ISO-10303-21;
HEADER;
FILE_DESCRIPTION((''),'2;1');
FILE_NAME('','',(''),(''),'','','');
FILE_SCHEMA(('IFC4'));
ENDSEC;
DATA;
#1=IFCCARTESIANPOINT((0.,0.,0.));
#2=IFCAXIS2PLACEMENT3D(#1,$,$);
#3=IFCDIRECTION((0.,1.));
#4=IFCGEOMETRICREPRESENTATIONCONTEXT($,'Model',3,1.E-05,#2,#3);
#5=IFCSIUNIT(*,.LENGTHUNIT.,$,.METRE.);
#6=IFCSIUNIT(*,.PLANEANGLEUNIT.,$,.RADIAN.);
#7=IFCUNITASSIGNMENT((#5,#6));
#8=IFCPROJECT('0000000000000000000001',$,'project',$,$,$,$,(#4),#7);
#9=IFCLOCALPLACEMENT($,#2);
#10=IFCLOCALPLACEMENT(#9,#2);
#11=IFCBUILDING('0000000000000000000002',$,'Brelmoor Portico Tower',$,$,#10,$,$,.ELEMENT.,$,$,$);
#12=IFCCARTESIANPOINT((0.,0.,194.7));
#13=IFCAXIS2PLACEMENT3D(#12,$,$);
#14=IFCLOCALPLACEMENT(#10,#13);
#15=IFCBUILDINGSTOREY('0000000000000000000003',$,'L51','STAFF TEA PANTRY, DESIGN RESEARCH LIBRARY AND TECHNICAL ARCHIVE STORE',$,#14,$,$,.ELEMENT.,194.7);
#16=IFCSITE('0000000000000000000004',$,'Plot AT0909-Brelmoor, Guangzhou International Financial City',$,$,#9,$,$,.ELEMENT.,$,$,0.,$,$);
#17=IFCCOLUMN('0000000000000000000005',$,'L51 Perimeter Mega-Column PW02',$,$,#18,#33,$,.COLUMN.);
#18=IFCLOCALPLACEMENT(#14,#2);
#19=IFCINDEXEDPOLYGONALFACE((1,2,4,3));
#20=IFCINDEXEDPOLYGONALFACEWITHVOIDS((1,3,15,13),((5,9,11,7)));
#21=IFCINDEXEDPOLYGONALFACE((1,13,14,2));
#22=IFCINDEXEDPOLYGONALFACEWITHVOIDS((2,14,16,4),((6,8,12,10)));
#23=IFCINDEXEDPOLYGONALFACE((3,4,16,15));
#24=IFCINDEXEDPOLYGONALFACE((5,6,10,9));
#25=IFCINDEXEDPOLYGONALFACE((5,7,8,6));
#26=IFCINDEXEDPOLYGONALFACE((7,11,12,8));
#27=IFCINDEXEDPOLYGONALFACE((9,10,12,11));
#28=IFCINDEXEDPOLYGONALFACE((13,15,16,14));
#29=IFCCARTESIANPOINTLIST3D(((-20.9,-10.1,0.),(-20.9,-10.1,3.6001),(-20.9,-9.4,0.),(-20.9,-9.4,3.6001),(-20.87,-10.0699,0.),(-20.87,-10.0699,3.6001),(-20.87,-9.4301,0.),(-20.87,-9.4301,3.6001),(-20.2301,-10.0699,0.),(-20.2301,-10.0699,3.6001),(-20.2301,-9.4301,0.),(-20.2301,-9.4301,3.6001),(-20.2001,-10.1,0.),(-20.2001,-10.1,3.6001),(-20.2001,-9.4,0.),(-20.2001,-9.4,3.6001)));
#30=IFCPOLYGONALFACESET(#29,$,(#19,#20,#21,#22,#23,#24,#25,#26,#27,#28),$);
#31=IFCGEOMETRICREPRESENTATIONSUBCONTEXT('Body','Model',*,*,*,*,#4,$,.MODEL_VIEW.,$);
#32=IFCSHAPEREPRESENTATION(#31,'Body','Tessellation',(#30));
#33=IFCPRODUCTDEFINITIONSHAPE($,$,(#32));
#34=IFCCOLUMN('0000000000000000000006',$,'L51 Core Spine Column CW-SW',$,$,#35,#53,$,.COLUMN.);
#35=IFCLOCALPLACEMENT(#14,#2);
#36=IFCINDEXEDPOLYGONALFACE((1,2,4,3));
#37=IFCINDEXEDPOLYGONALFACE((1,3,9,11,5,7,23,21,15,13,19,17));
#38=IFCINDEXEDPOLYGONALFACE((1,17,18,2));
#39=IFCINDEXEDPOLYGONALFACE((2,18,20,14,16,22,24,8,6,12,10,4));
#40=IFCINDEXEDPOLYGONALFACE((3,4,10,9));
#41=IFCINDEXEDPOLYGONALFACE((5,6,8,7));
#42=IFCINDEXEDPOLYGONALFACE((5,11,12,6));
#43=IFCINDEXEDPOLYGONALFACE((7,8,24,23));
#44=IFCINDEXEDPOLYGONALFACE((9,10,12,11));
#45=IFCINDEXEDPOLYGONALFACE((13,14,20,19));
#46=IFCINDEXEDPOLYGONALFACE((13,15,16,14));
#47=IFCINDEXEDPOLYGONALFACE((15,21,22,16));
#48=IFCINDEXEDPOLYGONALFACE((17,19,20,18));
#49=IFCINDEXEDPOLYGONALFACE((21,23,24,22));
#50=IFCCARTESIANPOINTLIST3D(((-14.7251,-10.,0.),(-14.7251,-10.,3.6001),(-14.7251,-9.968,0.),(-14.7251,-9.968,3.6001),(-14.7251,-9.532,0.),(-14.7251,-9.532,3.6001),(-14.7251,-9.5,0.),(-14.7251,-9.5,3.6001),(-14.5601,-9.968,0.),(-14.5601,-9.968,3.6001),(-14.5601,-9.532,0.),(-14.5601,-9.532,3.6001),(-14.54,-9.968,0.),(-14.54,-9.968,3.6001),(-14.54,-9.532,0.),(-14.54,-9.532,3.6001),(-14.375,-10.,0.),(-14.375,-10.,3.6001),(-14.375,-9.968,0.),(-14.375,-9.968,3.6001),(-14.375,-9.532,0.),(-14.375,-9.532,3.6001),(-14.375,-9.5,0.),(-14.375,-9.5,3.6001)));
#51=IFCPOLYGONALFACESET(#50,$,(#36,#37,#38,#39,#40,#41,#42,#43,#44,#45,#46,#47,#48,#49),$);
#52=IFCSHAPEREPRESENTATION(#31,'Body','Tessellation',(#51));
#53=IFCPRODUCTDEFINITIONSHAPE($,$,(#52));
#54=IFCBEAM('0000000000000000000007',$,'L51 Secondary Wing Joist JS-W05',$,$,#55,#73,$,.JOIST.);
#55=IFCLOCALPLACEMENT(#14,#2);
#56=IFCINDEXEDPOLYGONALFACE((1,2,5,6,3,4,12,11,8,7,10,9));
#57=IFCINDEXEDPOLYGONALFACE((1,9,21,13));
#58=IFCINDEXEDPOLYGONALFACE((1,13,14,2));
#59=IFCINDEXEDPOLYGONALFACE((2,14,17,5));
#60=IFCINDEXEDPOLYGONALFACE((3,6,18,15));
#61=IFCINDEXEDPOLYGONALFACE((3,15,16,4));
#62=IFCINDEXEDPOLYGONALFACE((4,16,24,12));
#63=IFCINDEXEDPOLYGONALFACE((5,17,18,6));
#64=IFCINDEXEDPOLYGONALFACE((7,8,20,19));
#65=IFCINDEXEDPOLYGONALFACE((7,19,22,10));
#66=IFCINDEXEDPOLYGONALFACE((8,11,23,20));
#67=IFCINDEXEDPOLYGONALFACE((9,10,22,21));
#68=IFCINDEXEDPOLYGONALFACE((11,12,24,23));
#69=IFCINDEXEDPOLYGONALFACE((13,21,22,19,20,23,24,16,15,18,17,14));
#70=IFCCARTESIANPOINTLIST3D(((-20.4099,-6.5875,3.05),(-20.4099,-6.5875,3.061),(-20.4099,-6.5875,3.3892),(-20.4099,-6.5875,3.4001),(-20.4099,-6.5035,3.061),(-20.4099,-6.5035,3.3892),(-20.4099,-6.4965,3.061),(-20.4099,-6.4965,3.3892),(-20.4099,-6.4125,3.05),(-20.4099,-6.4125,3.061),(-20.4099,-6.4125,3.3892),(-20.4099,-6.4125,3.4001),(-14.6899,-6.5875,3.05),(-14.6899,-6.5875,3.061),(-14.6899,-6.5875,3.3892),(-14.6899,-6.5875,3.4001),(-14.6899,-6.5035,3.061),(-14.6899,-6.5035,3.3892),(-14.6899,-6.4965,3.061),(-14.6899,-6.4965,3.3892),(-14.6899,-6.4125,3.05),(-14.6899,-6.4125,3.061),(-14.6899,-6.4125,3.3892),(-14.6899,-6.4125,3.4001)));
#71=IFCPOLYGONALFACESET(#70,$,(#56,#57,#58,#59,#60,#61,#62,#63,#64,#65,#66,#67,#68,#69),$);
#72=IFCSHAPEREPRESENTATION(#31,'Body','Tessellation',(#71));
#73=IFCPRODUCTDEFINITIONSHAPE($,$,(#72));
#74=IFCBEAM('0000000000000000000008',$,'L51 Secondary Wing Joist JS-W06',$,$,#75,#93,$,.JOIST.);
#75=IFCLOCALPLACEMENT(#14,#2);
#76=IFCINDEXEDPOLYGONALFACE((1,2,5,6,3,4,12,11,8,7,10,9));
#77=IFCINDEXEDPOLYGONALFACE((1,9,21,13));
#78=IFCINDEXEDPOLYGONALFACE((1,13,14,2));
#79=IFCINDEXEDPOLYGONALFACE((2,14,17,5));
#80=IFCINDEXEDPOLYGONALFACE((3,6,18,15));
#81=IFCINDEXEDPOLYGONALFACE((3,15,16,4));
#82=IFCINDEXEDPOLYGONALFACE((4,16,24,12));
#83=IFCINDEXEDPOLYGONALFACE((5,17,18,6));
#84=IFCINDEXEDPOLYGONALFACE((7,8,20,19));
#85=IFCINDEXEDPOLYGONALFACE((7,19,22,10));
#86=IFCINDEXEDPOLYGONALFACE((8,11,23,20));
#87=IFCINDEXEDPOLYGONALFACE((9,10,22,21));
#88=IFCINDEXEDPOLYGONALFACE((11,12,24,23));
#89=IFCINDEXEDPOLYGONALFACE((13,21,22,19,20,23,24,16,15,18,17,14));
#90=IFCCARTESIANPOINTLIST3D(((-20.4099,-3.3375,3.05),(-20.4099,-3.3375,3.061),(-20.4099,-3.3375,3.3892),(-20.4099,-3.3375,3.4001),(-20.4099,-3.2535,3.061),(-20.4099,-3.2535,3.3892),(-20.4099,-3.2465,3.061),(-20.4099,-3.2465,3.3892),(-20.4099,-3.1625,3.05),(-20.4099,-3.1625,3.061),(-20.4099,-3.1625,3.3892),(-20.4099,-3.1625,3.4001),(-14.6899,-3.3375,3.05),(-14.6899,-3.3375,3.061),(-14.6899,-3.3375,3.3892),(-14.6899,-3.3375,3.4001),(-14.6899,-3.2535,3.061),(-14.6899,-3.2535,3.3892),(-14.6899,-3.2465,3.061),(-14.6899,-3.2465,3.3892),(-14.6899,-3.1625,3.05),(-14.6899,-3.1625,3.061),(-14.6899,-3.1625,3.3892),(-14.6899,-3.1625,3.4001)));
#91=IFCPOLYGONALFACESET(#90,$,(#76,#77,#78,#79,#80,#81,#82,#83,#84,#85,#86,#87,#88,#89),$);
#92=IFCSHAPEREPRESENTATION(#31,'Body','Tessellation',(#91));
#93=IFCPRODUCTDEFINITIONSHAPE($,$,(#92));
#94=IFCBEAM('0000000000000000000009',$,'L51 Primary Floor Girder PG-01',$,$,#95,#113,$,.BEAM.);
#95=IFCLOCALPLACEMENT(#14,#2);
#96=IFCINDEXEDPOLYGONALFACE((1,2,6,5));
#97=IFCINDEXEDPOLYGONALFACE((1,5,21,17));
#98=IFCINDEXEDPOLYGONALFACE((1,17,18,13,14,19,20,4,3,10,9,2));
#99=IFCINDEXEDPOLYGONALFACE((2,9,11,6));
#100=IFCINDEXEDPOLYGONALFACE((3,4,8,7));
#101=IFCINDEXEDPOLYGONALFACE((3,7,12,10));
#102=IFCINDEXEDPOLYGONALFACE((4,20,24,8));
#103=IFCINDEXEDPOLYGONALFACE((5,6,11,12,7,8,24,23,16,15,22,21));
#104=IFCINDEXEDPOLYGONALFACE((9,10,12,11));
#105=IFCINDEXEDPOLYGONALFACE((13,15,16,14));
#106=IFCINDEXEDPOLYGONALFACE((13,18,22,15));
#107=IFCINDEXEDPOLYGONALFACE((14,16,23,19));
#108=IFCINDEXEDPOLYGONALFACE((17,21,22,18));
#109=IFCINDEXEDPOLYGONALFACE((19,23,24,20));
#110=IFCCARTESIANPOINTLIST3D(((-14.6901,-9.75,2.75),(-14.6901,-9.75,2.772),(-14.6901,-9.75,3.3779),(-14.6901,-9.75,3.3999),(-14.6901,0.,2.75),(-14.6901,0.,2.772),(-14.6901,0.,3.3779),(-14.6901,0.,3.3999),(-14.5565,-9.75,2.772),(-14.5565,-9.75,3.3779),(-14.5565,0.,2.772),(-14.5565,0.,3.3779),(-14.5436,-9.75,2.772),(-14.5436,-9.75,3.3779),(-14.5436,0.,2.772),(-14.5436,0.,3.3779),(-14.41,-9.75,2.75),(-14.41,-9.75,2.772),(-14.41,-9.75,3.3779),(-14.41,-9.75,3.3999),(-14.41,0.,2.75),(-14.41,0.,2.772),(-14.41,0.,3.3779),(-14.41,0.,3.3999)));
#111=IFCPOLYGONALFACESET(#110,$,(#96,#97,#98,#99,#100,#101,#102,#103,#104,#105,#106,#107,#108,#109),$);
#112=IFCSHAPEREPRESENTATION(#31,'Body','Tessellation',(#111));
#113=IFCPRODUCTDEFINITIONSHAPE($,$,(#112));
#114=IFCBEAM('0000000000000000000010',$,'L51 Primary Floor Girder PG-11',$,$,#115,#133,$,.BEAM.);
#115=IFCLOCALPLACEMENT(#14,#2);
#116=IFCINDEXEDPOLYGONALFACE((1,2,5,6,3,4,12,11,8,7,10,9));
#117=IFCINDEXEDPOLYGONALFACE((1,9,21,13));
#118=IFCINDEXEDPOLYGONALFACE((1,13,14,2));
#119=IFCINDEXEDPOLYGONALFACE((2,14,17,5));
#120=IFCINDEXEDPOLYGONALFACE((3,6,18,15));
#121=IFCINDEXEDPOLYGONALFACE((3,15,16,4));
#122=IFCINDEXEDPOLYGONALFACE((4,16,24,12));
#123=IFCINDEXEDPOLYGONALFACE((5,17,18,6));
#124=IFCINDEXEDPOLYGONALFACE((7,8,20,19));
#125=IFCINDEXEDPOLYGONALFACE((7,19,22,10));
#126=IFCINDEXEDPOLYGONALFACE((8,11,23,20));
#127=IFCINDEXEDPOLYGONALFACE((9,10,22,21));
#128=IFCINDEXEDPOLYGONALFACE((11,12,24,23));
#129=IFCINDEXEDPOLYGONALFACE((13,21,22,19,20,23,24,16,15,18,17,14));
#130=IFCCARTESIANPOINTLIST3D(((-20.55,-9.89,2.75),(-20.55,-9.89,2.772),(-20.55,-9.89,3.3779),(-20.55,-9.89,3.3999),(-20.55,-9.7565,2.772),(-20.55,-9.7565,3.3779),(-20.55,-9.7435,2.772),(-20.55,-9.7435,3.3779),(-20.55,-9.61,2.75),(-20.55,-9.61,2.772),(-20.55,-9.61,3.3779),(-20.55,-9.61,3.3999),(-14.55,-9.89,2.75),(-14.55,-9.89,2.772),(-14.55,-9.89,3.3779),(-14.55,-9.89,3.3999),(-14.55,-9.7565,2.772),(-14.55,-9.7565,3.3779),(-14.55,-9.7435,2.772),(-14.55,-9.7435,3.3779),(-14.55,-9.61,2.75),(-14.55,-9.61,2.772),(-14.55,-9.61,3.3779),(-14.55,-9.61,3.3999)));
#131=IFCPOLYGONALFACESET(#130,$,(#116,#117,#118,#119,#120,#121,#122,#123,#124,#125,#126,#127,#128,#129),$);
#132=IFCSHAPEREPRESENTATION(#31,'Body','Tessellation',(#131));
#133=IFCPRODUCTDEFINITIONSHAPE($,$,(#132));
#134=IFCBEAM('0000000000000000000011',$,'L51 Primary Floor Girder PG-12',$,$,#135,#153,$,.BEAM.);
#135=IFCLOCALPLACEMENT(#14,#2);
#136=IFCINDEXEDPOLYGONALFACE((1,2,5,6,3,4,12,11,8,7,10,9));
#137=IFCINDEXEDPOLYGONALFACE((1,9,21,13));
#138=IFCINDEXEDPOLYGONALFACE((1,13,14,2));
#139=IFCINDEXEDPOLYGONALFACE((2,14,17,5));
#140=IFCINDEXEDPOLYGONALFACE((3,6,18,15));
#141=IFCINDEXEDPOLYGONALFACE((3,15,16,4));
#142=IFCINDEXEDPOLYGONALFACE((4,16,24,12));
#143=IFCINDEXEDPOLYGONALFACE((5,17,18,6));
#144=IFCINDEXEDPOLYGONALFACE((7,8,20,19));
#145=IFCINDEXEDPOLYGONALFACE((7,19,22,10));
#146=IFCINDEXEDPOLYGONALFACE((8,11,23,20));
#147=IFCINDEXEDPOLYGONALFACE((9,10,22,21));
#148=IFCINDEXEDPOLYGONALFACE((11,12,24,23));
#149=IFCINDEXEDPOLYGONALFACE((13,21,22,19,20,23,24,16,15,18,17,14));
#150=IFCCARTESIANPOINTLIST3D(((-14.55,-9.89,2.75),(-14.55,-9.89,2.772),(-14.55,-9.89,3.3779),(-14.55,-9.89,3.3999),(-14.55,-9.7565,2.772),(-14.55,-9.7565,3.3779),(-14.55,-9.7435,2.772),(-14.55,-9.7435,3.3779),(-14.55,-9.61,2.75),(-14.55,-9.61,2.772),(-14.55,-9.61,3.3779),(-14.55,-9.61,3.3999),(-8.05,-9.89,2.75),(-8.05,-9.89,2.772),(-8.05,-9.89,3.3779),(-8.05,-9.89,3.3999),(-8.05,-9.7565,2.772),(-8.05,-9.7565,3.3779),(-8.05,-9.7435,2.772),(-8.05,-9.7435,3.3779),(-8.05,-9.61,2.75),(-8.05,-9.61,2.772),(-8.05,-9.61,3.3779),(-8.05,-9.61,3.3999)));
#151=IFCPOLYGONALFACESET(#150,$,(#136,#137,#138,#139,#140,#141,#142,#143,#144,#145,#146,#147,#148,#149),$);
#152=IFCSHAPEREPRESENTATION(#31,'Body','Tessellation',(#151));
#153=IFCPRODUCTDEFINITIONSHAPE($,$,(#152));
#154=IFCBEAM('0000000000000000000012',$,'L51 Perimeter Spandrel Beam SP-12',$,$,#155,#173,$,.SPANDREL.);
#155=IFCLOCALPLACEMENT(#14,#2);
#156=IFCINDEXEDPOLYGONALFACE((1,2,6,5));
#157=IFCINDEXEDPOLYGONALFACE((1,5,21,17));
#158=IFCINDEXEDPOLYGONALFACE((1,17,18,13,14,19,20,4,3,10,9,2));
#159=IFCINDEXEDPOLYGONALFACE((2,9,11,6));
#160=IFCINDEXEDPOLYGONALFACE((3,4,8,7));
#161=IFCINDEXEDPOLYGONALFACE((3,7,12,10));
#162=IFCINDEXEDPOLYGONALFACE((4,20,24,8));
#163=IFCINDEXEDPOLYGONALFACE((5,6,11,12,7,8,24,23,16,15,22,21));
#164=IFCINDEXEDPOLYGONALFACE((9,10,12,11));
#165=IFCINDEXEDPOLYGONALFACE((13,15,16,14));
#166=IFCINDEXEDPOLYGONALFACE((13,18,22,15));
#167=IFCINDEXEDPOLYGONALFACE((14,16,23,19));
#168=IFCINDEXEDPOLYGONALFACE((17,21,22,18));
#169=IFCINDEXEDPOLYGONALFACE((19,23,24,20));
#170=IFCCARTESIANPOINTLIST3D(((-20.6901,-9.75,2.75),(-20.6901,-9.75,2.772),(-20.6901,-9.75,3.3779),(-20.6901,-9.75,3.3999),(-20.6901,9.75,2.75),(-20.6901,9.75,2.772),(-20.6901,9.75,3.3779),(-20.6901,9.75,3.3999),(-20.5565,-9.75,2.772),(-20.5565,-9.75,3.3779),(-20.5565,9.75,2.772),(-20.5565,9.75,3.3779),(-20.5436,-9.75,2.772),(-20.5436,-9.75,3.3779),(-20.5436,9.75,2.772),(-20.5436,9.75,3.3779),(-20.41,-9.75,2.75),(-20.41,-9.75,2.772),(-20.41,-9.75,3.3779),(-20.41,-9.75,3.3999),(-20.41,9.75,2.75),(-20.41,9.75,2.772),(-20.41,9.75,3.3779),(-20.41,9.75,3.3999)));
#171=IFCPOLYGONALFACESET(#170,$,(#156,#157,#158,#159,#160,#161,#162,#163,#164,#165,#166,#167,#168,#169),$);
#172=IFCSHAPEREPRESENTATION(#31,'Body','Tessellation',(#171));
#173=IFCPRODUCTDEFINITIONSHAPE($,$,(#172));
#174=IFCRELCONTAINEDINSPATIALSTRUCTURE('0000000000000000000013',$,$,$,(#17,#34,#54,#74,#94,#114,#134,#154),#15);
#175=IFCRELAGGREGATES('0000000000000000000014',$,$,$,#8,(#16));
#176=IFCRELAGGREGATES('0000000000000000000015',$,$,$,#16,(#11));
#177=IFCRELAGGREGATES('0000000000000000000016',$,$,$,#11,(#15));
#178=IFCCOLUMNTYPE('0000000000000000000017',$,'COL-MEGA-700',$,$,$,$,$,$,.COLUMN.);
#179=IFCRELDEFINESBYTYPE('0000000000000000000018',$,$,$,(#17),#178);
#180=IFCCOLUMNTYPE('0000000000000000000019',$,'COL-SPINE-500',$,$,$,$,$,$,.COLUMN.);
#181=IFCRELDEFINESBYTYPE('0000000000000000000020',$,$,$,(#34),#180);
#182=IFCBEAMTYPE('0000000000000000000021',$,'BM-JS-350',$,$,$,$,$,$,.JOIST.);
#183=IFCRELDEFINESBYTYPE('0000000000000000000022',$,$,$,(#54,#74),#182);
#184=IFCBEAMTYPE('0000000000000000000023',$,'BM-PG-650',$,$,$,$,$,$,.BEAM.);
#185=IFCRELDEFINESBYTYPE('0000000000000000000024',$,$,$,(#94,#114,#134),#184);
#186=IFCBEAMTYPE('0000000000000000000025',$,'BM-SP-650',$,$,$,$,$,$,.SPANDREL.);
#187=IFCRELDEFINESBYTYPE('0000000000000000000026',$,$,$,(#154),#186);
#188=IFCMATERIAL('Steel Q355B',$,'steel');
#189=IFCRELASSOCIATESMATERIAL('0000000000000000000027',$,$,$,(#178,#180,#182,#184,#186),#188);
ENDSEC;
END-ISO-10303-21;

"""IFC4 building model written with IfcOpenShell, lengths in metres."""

from ifc_helpers import new_model, si_unit, direction, frame, origin, origin_2d, place, context, subcontext, project, spatial, hollow_rectangle, i_section, extrude, material, material_profile, profile_set, type_object, element, save


model = new_model("IFC4")

# Units and contexts
model_context = context("Model", 3, precision=1e-05, world=origin(), true_north=direction((0.0, 1.0)))
body_context = subcontext(model_context, "Body", "Model", "MODEL_VIEW")
ifc_project = project(units=[si_unit("LENGTHUNIT", "METRE"), si_unit("PLANEANGLEUNIT", "RADIAN")], contexts=[model_context])

# Site, building, storey
site_placement = place(None, origin())
site = spatial("IfcSite", under=ifc_project, at=site_placement, Name="Plot AT0909-Brelmoor, Guangzhou International Financial City", CompositionType="ELEMENT", RefElevation=0.0)
building_placement = place(site_placement, origin())
building = spatial("IfcBuilding", under=site, at=building_placement, Name="Brelmoor Portico Tower", CompositionType="ELEMENT")
storey_placement = place(building_placement, frame((0.0, 0.0, 194.7)))
storey = spatial("IfcBuildingStorey", under=building, at=storey_placement, Name="L51", Description="STAFF TEA PANTRY, DESIGN RESEARCH LIBRARY AND TECHNICAL ARCHIVE STORE", CompositionType="ELEMENT", Elevation=194.7)

# Columns
ifc_material_1 = material(Name="Steel Q355B", Category="steel")
ifc_material_profile_1 = material_profile(ifc_material_1, hollow_rectangle(XDim=0.7, YDim=0.7, WallThickness=0.03, at=origin_2d()), Name="BOX 700x700x30")
ifc_profile_set_1 = profile_set([ifc_material_profile_1], Name="Steel Q355B")
column_type_1 = type_object("IfcColumnType", Name="COL-MEGA-700", PredefinedType="COLUMN", material=ifc_profile_set_1)
column_1_placement = place(storey_placement, frame((-20.55, -9.75, 0.0), z_axis=(0.0, 0.0, 1.0), x_axis=(0.0, 1.0, 0.0)))
element("IfcColumn", 1, at=column_1_placement, inside=storey, type_object=column_type_1, Name="L51 Perimeter Mega-Column PW02", PredefinedType="COLUMN", context=body_context, shape_type="SweptSolid", body=[
    extrude(hollow_rectangle(XDim=0.7, YDim=0.7, WallThickness=0.03, at=origin_2d()), origin(), (0.0, 0.0, 1.0), 3.6001),
])
ifc_material_profile_2 = material_profile(ifc_material_1, i_section(OverallWidth=0.3501, OverallDepth=0.5, WebThickness=0.02, FlangeThickness=0.032, at=origin_2d()), Name="HW 500x350x20x32")
ifc_profile_set_2 = profile_set([ifc_material_profile_2], Name="Steel Q355B")
column_type_2 = type_object("IfcColumnType", Name="COL-SPINE-500", PredefinedType="COLUMN", material=ifc_profile_set_2)
column_2_placement = place(storey_placement, frame((-14.55, -9.75, 0.0), z_axis=(0.0, 0.0, 1.0), x_axis=(1.0, 0.0, 0.0)))
element("IfcColumn", 2, at=column_2_placement, inside=storey, type_object=column_type_2, Name="L51 Core Spine Column CW-SW", PredefinedType="COLUMN", context=body_context, shape_type="SweptSolid", body=[
    extrude(i_section(OverallWidth=0.3501, OverallDepth=0.5, WebThickness=0.02, FlangeThickness=0.032, at=origin_2d()), origin(), (0.0, 0.0, 1.0), 3.6001),
])

# Beams
ifc_material_profile_3 = material_profile(ifc_material_1, i_section(OverallWidth=0.175, OverallDepth=0.3501, WebThickness=0.0071, FlangeThickness=0.011, at=origin_2d()), Name="HN 350x175x7x11")
ifc_profile_set_3 = profile_set([ifc_material_profile_3], Name="Steel Q355B")
beam_type_1 = type_object("IfcBeamType", Name="BM-JS-350", PredefinedType="JOIST", material=ifc_profile_set_3)
for number, where, z_axis, x_axis, name in (
    (3, (-20.4099, -6.5, 3.2251), (1.0, 0.0, 0.0), (0.0, 1.0, 0.0), "L51 Secondary Wing Joist JS-W05"),
    (4, (-20.4099, -3.25, 3.2251), (1.0, 0.0, 0.0), (0.0, 1.0, 0.0), "L51 Secondary Wing Joist JS-W06"),
):
    element("IfcBeam", number, at=place(storey_placement, frame(where, z_axis=z_axis, x_axis=x_axis)), inside=storey, type_object=beam_type_1, Name=name, PredefinedType="JOIST", context=body_context, shape_type="SweptSolid", body=[
        extrude(i_section(OverallWidth=0.175, OverallDepth=0.3501, WebThickness=0.0071, FlangeThickness=0.011, at=origin_2d()), origin(), (0.0, 0.0, 1.0), 5.72),
    ])
ifc_material_profile_4 = material_profile(ifc_material_1, i_section(OverallWidth=0.28, OverallDepth=0.6499, WebThickness=0.0129, FlangeThickness=0.022, at=origin_2d()), Name="HN 650x280x13x22")
ifc_profile_set_4 = profile_set([ifc_material_profile_4], Name="Steel Q355B")
beam_type_2 = type_object("IfcBeamType", Name="BM-PG-650", PredefinedType="BEAM", material=ifc_profile_set_4)
beam_1_placement = place(storey_placement, frame((-14.55, -9.75, 3.075), z_axis=(0.0, 1.0, 0.0), x_axis=(-1.0, 0.0, 0.0)))
element("IfcBeam", 5, at=beam_1_placement, inside=storey, type_object=beam_type_2, Name="L51 Primary Floor Girder PG-01", PredefinedType="BEAM", context=body_context, shape_type="SweptSolid", body=[
    extrude(i_section(OverallWidth=0.28, OverallDepth=0.6499, WebThickness=0.0129, FlangeThickness=0.022, at=origin_2d()), origin(), (0.0, 0.0, 1.0), 9.75),
])
beam_2_placement = place(storey_placement, frame((-20.55, -9.75, 3.075), z_axis=(1.0, 0.0, 0.0), x_axis=(0.0, 1.0, 0.0)))
element("IfcBeam", 6, at=beam_2_placement, inside=storey, type_object=beam_type_2, Name="L51 Primary Floor Girder PG-11", PredefinedType="BEAM", context=body_context, shape_type="SweptSolid", body=[
    extrude(i_section(OverallWidth=0.28, OverallDepth=0.6499, WebThickness=0.0129, FlangeThickness=0.022, at=origin_2d()), origin(), (0.0, 0.0, 1.0), 6.0),
])
beam_3_placement = place(storey_placement, frame((-14.55, -9.75, 3.075), z_axis=(1.0, 0.0, 0.0), x_axis=(0.0, 1.0, 0.0)))
element("IfcBeam", 7, at=beam_3_placement, inside=storey, type_object=beam_type_2, Name="L51 Primary Floor Girder PG-12", PredefinedType="BEAM", context=body_context, shape_type="SweptSolid", body=[
    extrude(i_section(OverallWidth=0.28, OverallDepth=0.6499, WebThickness=0.0129, FlangeThickness=0.022, at=origin_2d()), origin(), (0.0, 0.0, 1.0), 6.5),
])
ifc_material_profile_5 = material_profile(ifc_material_1, i_section(OverallWidth=0.28, OverallDepth=0.6499, WebThickness=0.0129, FlangeThickness=0.022, at=origin_2d()), Name="HN 650x280x13x22")
ifc_profile_set_5 = profile_set([ifc_material_profile_5], Name="Steel Q355B")
beam_type_3 = type_object("IfcBeamType", Name="BM-SP-650", PredefinedType="SPANDREL", material=ifc_profile_set_5)
beam_4_placement = place(storey_placement, frame((-20.55, -9.75, 3.075), z_axis=(0.0, 1.0, 0.0), x_axis=(-1.0, 0.0, 0.0)))
element("IfcBeam", 8, at=beam_4_placement, inside=storey, type_object=beam_type_3, Name="L51 Perimeter Spandrel Beam SP-12", PredefinedType="SPANDREL", context=body_context, shape_type="SweptSolid", body=[
    extrude(i_section(OverallWidth=0.28, OverallDepth=0.6499, WebThickness=0.0129, FlangeThickness=0.022, at=origin_2d()), origin(), (0.0, 0.0, 1.0), 19.5),
])

save(model, "model.ifc")
